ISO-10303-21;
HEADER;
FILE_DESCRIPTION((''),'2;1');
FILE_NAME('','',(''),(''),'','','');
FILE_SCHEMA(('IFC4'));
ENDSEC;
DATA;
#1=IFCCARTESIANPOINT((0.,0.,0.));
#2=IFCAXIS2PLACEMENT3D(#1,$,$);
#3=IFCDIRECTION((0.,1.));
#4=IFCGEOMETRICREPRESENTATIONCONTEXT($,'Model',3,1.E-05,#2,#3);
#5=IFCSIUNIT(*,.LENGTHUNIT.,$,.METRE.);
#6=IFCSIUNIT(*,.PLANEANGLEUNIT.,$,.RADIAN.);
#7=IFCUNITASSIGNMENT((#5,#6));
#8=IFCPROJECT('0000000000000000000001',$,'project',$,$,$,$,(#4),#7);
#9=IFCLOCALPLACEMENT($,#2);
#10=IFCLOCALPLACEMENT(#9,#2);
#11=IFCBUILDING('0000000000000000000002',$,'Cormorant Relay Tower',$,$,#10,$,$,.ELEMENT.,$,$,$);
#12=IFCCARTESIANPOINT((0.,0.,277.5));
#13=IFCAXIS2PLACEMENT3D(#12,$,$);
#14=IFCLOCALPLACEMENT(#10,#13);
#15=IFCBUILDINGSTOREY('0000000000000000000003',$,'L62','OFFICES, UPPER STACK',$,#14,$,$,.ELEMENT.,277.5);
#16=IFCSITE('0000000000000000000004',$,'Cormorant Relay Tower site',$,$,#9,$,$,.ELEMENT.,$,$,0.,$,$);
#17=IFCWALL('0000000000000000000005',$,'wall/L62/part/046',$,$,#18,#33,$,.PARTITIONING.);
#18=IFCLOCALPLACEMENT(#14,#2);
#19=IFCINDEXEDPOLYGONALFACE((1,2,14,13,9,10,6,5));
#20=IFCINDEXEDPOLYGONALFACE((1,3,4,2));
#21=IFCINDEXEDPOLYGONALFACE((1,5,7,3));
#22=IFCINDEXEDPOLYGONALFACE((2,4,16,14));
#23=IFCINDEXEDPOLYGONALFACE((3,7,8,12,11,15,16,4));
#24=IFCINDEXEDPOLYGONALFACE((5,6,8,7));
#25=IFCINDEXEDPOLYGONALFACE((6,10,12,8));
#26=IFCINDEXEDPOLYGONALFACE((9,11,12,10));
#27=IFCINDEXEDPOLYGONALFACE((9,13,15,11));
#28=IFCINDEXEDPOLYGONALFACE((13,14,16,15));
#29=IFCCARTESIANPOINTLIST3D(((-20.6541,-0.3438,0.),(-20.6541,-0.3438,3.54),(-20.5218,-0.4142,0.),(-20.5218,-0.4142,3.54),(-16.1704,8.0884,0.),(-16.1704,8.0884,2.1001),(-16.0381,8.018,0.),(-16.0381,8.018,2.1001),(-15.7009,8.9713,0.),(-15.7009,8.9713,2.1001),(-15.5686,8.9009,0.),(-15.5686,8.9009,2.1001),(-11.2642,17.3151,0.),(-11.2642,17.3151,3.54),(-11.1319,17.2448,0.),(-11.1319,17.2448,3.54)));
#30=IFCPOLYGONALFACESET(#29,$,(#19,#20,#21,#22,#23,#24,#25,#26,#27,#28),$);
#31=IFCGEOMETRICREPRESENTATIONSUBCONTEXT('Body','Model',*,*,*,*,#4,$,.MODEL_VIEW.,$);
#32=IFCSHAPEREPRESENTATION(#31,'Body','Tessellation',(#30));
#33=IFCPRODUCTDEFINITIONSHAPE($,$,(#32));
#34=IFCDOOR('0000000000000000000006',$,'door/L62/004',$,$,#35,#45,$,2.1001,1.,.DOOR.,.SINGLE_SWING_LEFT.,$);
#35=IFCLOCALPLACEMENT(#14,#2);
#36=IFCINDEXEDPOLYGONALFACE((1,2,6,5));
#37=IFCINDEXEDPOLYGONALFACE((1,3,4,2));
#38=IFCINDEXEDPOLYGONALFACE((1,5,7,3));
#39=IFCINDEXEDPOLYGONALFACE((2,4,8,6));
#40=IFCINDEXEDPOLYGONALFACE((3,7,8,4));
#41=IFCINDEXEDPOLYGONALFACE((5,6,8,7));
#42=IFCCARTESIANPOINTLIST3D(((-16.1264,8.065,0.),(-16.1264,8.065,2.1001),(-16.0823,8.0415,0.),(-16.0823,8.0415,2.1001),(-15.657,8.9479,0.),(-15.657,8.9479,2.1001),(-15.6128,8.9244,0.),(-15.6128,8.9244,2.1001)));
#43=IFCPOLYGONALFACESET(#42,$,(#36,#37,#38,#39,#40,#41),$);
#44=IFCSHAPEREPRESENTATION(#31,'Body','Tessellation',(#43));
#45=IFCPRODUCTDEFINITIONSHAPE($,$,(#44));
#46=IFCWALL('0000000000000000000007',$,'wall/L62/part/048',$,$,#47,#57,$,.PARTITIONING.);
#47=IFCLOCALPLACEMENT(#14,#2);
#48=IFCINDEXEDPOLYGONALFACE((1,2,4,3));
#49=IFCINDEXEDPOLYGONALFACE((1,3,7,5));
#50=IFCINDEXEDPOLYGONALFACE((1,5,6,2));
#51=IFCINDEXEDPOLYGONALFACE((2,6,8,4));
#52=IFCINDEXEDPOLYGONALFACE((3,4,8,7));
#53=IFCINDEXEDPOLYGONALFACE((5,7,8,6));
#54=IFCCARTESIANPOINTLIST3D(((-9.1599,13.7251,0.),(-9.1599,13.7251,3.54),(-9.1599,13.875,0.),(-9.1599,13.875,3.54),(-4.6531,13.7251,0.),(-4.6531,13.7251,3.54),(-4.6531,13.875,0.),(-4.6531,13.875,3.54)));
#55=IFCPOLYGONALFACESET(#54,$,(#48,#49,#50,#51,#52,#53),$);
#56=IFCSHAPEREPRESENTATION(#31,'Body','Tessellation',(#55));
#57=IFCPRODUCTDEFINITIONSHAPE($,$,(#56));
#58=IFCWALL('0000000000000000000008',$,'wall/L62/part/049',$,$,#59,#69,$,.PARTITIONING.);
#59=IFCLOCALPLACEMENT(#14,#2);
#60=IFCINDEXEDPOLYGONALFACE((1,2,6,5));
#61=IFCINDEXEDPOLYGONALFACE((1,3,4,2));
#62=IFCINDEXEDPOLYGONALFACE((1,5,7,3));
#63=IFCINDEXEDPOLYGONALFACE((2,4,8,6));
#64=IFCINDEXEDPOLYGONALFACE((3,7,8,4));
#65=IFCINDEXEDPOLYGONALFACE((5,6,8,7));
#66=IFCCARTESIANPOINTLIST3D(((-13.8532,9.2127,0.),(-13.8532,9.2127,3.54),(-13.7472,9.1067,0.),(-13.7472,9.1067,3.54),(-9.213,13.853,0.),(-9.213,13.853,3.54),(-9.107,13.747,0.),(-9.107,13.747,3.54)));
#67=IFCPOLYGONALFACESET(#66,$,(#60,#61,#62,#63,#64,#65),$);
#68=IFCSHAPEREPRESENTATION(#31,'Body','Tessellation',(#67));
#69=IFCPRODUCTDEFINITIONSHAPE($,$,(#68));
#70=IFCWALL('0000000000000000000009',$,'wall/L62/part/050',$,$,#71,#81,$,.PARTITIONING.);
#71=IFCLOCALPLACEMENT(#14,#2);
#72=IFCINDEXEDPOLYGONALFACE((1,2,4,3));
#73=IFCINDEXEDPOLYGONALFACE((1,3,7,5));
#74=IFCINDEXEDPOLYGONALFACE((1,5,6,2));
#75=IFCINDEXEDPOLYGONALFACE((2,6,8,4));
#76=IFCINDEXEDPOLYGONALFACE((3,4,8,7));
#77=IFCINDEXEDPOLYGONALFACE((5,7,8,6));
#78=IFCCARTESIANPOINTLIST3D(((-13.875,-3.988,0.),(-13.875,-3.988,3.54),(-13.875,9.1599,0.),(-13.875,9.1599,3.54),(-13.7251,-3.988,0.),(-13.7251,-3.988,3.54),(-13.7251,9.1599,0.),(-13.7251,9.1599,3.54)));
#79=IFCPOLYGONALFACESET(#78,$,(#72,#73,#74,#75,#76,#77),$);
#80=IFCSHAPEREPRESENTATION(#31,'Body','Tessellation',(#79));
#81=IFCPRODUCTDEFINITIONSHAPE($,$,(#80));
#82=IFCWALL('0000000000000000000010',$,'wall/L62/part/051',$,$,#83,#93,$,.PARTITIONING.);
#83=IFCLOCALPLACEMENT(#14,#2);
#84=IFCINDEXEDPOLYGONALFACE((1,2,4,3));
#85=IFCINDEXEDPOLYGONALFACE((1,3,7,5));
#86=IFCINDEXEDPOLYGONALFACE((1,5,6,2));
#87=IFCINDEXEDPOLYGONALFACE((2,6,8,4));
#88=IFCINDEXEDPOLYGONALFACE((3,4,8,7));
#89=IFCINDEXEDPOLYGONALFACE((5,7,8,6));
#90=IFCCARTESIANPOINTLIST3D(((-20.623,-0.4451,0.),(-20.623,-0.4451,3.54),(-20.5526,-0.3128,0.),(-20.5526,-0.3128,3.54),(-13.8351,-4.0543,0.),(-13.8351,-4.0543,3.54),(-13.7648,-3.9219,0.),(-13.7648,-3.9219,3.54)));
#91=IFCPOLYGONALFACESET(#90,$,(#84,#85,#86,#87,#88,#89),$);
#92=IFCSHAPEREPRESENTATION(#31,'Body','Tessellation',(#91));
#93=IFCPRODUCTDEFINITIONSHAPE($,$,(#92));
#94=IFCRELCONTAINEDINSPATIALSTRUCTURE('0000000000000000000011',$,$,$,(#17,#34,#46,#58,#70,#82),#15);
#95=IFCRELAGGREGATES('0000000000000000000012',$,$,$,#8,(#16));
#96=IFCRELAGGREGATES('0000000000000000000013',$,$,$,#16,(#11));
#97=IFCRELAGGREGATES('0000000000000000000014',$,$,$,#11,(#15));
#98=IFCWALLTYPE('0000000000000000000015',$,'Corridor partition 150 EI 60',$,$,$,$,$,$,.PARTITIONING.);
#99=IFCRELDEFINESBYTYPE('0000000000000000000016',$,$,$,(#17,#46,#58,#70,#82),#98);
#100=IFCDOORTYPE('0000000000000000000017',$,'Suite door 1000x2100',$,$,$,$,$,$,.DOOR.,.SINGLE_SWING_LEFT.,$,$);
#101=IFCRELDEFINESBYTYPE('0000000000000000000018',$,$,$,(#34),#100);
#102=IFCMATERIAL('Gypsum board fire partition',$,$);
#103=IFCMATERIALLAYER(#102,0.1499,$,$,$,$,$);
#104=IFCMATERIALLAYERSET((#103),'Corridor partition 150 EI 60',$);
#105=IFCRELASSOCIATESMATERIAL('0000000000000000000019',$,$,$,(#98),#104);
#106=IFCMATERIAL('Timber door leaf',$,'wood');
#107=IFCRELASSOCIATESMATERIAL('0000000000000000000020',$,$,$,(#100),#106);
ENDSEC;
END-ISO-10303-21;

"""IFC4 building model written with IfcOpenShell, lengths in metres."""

from ifc_helpers import new_model, si_unit, direction, frame, frame_2d, origin, place, context, subcontext, project, spatial, rectangle, extrude, material, layer, layer_set, type_object, element, fill, save


model = new_model("IFC4")

# Units and contexts
model_context = context("Model", 3, precision=1e-05, world=origin(), true_north=direction((0.0, 1.0)))
body_context = subcontext(model_context, "Body", "Model", "MODEL_VIEW")
ifc_project = project(units=[si_unit("LENGTHUNIT", "METRE"), si_unit("PLANEANGLEUNIT", "RADIAN")], contexts=[model_context])

# Site, building, storey
site_placement = place(None, origin())
site = spatial("IfcSite", under=ifc_project, at=site_placement, Name="Cormorant Relay Tower site", CompositionType="ELEMENT", RefElevation=0.0)
building_placement = place(site_placement, origin())
building = spatial("IfcBuilding", under=site, at=building_placement, Name="Cormorant Relay Tower", CompositionType="ELEMENT")
storey_placement = place(building_placement, frame((0.0, 0.0, 277.5)))
storey = spatial("IfcBuildingStorey", under=building, at=storey_placement, Name="L62", Description="OFFICES, UPPER STACK", CompositionType="ELEMENT", Elevation=277.5)

# Wall, opening, door
ifc_material_1 = material(Name="Gypsum board fire partition")
ifc_layer_1 = layer(ifc_material_1, 0.1499)
ifc_layer_set_1 = layer_set([ifc_layer_1], Name="Corridor partition 150 EI 60")
wall_type_1 = type_object("IfcWallType", Name="Corridor partition 150 EI 60", PredefinedType="PARTITIONING", material=ifc_layer_set_1)
wall_1_placement = place(storey_placement, frame((-20.5879, -0.3789, 0.0), z_axis=(0.0, 0.0, 1.0), x_axis=(0.46949, 0.882938, 0.0)))
wall_1 = element("IfcWall", 1, at=wall_1_placement, inside=storey, type_object=wall_type_1, Name="wall/L62/part/046", PredefinedType="PARTITIONING", context=body_context, shape_type="SweptSolid", body=[
    extrude(rectangle(XDim=20.0002, YDim=0.1499, at=frame_2d((10.0, 0.0))), origin(), (0.0, 0.0, 1.0), 3.54),
])
opening_1_placement = place(wall_1_placement, frame((9.55, 0.0, 0.0)))
opening_1 = element("IfcOpeningElement", 2, at=opening_1_placement, cuts=wall_1, PredefinedType="OPENING", context=body_context, shape_type="SweptSolid", body=[
    extrude(rectangle(XDim=1.0, YDim=2.1001, at=frame_2d((0.5, 1.05))), frame((0.0, 0.085, 0.0), z_axis=(0.0, -1.0, 0.0), x_axis=(1.0, 0.0, 0.0)), (0.0, 0.0, 1.0), 0.1699),
])
ifc_material_2 = material(Name="Timber door leaf", Category="wood")
door_type_1 = type_object("IfcDoorType", Name="Suite door 1000x2100", OperationType="SINGLE_SWING_LEFT", PredefinedType="DOOR", material=ifc_material_2)
door_1_placement = place(opening_1_placement, frame((1.0, 0.0, 0.0), z_axis=(0.0, 0.0, 1.0), x_axis=(-1.0, 0.0, 0.0)))
door_1 = element("IfcDoor", 3, at=door_1_placement, inside=storey, type_object=door_type_1, Name="door/L62/004", OperationType="SINGLE_SWING_LEFT", OverallHeight=2.1001, OverallWidth=1.0, PredefinedType="DOOR", context=body_context, shape_type="SweptSolid", body=[
    extrude(rectangle(XDim=1.0, YDim=2.1001, at=frame_2d((0.5, 1.05))), frame((0.0, 0.0249, 0.0), z_axis=(0.0, -1.0, 0.0), x_axis=(1.0, 0.0, 0.0)), (0.0, 0.0, 1.0), 0.05),
])
fill(opening_1, door_1)

# Walls
wall_2_placement = place(storey_placement, frame((-4.6531, 13.8, 0.0), z_axis=(0.0, 0.0, 1.0), x_axis=(-1.0, 0.0, 0.0)))
element("IfcWall", 4, at=wall_2_placement, inside=storey, type_object=wall_type_1, Name="wall/L62/part/048", PredefinedType="PARTITIONING", context=body_context, shape_type="SweptSolid", body=[
    extrude(rectangle(XDim=4.5068, YDim=0.1499, at=frame_2d((2.2534, 0.0))), origin(), (0.0, 0.0, 1.0), 3.54),
])
wall_3_placement = place(storey_placement, frame((-9.1599, 13.8, 0.0), z_axis=(0.0, 0.0, 1.0), x_axis=(-0.707107, -0.707107, 0.0)))
element("IfcWall", 5, at=wall_3_placement, inside=storey, type_object=wall_type_1, Name="wall/L62/part/049", PredefinedType="PARTITIONING", context=body_context, shape_type="SweptSolid", body=[
    extrude(rectangle(XDim=6.5623, YDim=0.1499, at=frame_2d((3.2812, 0.0))), origin(), (0.0, 0.0, 1.0), 3.54),
])
wall_4_placement = place(storey_placement, frame((-13.8, 9.1599, 0.0), z_axis=(0.0, 0.0, 1.0), x_axis=(0.0, -1.0, 0.0)))
element("IfcWall", 6, at=wall_4_placement, inside=storey, type_object=wall_type_1, Name="wall/L62/part/050", PredefinedType="PARTITIONING", context=body_context, shape_type="SweptSolid", body=[
    extrude(rectangle(XDim=13.1479, YDim=0.1499, at=frame_2d((6.574, 0.0))), origin(), (0.0, 0.0, 1.0), 3.54),
])
wall_5_placement = place(storey_placement, frame((-13.8, -3.988, 0.0), z_axis=(0.0, 0.0, 1.0), x_axis=(-0.882949, 0.469469, 0.0)))
element("IfcWall", 7, at=wall_5_placement, inside=storey, type_object=wall_type_1, Name="wall/L62/part/051", PredefinedType="PARTITIONING", context=body_context, shape_type="SweptSolid", body=[
    extrude(rectangle(XDim=7.6877, YDim=0.1499, at=frame_2d((3.8438, 0.0))), origin(), (0.0, 0.0, 1.0), 3.54),
])

save(model, "model.ifc")
